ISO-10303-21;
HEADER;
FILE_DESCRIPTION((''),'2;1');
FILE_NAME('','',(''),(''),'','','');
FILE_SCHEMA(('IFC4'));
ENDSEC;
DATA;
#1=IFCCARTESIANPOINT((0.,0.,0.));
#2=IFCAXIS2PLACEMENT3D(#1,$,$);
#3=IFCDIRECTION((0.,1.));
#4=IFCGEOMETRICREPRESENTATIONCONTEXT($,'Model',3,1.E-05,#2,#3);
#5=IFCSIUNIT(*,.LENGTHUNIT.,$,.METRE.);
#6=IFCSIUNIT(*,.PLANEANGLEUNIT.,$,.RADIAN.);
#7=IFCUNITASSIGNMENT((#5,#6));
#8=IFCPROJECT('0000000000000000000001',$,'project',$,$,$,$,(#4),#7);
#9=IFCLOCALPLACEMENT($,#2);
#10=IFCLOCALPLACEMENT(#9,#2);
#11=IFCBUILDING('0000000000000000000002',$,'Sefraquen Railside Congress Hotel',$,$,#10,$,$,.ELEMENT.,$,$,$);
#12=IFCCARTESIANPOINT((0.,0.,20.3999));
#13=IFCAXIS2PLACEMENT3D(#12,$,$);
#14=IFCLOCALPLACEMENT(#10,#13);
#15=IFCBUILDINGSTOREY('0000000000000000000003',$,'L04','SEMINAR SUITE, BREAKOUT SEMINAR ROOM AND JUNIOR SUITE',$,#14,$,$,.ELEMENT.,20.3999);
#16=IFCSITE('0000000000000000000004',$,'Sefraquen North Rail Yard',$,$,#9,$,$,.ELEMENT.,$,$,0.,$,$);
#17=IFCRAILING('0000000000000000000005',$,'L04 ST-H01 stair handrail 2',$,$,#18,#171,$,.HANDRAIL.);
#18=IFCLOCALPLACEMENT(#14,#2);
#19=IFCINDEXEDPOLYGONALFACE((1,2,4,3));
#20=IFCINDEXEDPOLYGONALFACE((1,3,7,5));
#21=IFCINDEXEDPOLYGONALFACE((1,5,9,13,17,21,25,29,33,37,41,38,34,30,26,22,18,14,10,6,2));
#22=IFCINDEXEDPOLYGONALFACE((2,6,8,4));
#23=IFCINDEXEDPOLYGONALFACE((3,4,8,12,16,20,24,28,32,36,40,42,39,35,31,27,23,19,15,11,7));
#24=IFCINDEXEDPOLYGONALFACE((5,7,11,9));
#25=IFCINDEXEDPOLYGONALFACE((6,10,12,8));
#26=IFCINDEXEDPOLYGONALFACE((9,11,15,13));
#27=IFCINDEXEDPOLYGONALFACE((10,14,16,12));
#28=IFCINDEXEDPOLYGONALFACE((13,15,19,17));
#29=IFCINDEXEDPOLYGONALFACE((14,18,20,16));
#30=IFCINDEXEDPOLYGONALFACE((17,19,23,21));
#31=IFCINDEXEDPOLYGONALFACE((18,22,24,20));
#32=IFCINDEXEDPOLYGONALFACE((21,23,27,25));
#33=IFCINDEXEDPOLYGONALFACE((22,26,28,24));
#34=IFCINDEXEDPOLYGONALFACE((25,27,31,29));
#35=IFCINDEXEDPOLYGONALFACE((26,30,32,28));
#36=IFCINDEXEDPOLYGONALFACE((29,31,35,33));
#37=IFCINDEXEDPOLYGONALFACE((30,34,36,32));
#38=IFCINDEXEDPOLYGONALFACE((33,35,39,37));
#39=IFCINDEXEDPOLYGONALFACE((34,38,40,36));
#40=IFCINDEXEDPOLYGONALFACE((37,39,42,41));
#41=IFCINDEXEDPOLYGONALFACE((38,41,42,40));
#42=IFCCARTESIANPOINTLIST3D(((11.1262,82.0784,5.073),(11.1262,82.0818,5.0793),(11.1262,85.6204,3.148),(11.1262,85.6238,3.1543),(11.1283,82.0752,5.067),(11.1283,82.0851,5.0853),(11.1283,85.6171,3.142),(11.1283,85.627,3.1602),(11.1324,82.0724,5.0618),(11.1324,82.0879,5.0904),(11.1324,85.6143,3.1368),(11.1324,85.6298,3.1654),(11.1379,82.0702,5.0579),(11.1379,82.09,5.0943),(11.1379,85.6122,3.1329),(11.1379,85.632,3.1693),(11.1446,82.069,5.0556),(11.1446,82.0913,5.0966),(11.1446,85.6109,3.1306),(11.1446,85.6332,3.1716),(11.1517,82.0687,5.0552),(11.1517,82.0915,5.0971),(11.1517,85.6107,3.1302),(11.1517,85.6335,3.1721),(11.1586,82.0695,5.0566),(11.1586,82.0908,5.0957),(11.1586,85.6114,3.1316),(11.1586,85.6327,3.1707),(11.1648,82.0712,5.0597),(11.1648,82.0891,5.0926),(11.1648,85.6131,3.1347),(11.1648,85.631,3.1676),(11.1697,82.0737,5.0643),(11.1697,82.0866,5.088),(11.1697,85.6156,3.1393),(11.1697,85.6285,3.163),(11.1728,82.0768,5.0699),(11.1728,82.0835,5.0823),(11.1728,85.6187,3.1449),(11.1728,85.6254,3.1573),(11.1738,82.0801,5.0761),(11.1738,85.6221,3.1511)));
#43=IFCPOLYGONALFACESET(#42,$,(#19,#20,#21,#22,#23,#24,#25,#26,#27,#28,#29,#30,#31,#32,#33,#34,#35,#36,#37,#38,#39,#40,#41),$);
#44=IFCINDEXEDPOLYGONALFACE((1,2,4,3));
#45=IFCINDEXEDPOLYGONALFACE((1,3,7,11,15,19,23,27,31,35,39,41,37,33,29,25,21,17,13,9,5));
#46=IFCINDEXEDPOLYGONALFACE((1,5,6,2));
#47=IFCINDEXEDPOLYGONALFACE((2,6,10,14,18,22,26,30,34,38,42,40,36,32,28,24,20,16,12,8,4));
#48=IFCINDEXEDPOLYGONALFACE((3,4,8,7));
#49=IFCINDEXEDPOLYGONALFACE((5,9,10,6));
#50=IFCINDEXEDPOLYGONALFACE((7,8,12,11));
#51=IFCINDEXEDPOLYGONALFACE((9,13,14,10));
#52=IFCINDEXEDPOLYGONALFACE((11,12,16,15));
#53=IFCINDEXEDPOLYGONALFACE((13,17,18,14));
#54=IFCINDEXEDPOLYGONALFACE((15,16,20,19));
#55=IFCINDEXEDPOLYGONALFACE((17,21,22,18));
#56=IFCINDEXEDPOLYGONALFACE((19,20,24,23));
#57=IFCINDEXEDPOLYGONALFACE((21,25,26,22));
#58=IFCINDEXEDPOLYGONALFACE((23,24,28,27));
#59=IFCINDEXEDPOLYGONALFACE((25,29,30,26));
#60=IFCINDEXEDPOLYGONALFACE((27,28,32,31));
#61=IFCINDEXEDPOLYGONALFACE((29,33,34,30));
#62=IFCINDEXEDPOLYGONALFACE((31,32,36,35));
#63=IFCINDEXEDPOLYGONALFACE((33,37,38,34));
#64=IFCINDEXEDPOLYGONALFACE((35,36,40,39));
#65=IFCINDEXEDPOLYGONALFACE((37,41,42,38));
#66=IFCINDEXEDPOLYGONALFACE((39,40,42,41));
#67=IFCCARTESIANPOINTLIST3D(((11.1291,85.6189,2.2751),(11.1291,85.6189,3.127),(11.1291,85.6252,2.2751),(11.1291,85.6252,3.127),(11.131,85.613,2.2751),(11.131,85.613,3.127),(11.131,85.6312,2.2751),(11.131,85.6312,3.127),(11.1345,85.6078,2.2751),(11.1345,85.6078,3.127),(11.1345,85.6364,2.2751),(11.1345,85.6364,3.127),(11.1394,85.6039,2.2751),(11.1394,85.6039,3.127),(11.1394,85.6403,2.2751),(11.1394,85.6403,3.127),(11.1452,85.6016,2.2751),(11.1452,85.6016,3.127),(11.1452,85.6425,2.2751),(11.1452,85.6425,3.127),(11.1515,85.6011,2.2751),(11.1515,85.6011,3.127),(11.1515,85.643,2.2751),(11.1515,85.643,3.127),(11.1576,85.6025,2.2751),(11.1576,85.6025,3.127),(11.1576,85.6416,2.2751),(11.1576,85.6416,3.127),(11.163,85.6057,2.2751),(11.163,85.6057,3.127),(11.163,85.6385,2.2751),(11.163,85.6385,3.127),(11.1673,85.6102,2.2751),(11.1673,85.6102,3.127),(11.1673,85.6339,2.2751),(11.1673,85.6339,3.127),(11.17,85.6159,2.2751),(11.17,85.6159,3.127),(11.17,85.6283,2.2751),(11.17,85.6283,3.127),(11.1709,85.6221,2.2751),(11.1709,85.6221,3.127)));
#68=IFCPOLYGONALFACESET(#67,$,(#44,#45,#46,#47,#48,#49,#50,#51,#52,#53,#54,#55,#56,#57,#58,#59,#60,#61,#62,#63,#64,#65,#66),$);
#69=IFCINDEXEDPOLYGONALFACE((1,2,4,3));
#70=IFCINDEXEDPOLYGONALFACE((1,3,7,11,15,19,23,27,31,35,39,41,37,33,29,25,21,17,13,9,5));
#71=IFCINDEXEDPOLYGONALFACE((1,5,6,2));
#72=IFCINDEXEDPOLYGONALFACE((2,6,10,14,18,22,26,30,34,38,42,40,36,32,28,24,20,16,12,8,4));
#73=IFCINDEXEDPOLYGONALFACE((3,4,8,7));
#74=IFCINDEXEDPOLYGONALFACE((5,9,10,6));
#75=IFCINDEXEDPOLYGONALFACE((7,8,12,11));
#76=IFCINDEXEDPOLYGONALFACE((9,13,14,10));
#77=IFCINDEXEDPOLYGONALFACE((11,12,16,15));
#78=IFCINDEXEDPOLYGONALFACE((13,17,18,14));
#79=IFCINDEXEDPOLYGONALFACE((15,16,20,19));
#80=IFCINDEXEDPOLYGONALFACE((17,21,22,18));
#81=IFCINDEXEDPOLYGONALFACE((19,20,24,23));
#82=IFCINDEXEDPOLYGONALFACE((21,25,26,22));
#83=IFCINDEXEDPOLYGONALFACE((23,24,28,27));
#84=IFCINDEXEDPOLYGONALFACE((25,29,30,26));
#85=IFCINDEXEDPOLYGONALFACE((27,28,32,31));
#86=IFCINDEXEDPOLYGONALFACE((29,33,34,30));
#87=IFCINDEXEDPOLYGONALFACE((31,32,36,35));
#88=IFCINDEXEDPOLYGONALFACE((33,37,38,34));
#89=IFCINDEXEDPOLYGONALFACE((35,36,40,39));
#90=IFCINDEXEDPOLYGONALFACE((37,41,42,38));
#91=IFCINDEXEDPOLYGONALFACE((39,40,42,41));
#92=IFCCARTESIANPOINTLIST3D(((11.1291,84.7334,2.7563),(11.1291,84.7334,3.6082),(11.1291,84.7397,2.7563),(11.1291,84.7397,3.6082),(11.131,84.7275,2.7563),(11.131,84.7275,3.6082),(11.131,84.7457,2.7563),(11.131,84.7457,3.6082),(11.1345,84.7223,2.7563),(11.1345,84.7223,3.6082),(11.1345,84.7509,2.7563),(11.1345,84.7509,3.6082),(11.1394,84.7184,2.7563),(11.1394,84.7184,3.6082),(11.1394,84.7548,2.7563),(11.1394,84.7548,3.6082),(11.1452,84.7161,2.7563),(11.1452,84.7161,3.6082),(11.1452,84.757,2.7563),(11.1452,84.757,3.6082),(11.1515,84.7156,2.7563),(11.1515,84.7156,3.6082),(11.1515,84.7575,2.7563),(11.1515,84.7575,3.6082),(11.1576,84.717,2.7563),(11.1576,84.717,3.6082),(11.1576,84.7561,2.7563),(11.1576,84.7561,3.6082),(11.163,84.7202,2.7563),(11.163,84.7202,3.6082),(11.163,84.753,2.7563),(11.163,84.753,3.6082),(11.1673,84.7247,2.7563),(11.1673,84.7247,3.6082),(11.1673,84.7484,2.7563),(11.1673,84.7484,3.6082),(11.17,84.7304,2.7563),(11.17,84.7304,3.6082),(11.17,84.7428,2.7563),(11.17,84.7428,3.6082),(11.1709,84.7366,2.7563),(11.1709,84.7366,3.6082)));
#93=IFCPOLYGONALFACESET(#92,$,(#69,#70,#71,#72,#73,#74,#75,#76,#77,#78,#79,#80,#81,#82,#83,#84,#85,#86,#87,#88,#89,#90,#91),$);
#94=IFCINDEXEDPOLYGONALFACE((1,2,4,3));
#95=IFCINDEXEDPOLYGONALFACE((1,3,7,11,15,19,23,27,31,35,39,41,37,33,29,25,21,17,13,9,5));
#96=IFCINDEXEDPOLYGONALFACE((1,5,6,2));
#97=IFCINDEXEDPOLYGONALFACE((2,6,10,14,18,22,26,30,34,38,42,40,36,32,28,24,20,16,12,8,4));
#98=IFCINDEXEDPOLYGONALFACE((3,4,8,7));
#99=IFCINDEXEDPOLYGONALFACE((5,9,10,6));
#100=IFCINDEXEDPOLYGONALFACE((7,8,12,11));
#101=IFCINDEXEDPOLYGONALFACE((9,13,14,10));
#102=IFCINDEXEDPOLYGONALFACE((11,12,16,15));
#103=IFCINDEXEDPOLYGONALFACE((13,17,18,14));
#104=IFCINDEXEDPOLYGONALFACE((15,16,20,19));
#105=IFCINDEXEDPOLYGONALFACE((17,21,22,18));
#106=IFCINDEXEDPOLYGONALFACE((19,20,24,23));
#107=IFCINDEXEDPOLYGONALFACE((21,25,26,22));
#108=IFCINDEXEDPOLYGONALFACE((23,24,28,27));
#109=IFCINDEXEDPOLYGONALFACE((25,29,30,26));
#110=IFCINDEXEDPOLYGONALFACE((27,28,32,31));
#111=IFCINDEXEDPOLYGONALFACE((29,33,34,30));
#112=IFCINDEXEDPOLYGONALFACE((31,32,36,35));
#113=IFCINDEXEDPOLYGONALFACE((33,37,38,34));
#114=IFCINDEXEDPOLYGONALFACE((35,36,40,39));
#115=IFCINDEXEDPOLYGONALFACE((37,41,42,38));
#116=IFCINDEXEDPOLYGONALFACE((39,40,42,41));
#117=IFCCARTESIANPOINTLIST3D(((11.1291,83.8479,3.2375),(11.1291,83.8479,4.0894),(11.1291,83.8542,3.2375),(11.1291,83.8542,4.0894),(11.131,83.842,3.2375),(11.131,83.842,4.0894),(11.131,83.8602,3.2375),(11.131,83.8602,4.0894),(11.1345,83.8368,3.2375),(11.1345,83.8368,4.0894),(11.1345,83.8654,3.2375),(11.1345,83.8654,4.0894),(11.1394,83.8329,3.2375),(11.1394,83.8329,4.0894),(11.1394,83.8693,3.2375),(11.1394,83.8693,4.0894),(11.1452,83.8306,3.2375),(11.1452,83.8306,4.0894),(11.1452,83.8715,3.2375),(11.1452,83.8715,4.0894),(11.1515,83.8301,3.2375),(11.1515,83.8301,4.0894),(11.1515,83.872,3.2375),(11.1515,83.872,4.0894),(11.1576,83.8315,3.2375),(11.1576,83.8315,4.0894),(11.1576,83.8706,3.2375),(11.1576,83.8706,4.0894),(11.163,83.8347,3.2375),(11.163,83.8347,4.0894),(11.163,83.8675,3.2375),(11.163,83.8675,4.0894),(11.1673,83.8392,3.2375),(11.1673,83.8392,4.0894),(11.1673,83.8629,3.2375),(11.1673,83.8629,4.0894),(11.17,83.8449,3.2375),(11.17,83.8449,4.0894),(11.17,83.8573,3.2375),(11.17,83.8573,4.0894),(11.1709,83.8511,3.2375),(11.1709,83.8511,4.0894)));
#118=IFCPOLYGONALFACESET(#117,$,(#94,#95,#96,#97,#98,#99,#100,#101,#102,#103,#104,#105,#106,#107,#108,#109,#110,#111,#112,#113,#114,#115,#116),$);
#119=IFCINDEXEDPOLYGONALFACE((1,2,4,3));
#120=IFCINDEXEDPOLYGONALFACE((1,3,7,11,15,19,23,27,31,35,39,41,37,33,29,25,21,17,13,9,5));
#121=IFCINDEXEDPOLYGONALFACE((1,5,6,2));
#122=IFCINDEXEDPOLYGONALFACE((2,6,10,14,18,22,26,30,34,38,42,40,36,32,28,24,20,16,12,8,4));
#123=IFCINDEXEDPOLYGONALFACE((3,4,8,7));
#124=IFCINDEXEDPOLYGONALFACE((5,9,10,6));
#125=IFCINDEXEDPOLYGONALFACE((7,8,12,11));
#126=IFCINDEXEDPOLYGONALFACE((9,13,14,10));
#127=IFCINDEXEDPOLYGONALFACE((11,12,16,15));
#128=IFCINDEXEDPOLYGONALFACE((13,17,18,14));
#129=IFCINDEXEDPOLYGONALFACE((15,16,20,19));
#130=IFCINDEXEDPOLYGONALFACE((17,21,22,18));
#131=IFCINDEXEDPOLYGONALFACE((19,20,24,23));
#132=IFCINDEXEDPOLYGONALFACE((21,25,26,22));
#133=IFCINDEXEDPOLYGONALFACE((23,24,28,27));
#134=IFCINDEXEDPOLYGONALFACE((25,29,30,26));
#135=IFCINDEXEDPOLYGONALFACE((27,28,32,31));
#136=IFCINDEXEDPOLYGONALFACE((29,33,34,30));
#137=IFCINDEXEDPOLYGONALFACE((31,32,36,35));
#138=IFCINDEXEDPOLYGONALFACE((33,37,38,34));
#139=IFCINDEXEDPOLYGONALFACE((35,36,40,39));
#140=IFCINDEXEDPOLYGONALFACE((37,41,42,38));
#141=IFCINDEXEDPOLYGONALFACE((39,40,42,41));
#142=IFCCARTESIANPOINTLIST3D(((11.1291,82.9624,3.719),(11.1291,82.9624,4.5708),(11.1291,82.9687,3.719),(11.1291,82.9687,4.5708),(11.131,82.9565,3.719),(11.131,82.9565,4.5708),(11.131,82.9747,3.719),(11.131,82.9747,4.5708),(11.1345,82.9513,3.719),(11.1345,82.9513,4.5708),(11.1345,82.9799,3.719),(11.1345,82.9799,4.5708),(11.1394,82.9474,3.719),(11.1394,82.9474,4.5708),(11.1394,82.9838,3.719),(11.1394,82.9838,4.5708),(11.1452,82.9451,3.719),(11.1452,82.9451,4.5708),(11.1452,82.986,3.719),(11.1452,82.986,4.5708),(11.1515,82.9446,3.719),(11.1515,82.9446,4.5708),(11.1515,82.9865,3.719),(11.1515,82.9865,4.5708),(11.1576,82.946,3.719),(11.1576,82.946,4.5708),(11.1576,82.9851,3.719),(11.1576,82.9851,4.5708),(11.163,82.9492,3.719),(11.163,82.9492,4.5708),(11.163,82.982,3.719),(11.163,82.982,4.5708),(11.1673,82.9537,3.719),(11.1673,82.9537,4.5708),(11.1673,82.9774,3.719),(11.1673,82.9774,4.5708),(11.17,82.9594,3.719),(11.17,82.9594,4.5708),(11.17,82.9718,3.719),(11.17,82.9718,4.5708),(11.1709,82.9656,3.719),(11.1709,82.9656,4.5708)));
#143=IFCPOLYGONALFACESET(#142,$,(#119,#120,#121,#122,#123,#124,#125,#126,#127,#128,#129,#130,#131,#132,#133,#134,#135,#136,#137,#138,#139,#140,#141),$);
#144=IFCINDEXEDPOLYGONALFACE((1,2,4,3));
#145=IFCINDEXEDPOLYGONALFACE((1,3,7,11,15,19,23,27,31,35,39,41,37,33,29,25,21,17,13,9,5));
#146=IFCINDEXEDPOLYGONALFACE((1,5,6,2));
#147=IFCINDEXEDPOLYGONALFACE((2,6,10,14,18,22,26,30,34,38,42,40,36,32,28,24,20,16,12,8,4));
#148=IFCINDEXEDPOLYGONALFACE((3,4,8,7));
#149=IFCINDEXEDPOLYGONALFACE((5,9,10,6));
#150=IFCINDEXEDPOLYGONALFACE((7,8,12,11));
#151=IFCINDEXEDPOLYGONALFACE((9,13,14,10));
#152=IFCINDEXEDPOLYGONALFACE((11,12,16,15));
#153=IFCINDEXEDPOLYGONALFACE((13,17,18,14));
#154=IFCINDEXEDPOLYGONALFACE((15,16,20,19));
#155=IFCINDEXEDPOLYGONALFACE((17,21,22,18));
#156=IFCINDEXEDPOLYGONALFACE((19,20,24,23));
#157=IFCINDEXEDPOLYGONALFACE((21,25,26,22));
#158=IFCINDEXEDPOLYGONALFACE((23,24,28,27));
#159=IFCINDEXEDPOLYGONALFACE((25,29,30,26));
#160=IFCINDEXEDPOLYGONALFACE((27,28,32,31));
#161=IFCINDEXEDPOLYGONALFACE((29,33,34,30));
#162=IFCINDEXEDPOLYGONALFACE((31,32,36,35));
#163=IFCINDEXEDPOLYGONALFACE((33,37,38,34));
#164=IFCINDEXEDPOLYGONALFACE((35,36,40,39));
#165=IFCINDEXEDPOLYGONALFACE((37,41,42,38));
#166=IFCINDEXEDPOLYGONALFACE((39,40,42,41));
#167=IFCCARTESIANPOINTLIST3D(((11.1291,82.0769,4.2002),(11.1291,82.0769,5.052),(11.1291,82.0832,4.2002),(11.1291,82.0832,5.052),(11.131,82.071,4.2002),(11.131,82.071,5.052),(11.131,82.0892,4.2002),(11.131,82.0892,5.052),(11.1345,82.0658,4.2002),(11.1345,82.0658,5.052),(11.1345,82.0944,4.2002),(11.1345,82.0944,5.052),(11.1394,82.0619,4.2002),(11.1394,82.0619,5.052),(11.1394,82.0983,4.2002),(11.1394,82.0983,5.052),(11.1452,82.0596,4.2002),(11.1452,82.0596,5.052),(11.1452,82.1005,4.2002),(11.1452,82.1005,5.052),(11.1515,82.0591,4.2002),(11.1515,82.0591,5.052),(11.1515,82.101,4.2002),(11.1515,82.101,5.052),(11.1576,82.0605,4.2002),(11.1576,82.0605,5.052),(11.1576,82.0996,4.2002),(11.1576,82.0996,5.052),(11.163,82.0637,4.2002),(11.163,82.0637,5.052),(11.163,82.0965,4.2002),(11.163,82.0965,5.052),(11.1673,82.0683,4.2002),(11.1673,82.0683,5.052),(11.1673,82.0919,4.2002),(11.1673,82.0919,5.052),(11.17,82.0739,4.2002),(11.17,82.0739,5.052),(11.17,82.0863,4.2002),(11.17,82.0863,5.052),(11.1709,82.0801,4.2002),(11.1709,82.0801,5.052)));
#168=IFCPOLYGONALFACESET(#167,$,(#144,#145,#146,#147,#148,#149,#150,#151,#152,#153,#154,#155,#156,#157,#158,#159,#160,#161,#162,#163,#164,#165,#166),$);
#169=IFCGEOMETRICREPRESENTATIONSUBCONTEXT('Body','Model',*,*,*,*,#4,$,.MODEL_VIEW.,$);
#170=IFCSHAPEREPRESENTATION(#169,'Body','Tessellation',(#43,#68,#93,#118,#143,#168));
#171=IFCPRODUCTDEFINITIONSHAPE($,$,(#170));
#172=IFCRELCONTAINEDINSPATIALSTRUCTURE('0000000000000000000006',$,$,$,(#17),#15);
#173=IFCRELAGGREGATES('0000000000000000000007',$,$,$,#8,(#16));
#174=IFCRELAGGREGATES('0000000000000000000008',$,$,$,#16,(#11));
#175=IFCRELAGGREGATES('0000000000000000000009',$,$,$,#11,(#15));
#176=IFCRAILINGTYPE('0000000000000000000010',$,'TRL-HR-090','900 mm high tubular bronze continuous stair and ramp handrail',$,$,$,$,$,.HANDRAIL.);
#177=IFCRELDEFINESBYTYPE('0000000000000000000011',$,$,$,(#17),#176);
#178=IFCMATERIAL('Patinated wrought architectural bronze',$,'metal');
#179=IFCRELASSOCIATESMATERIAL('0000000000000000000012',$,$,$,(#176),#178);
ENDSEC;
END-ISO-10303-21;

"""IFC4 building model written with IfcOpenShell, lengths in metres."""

from ifc_helpers import new_model, si_unit, direction, frame, origin, origin_2d, place, context, subcontext, project, spatial, circle, extrude, material, type_object, element, save


model = new_model("IFC4")

# Units and contexts
model_context = context("Model", 3, precision=1e-05, world=origin(), true_north=direction((0.0, 1.0)))
body_context = subcontext(model_context, "Body", "Model", "MODEL_VIEW")
ifc_project = project(units=[si_unit("LENGTHUNIT", "METRE"), si_unit("PLANEANGLEUNIT", "RADIAN")], contexts=[model_context])

# Site, building, storey
site_placement = place(None, origin())
site = spatial("IfcSite", under=ifc_project, at=site_placement, Name="Sefraquen North Rail Yard", CompositionType="ELEMENT", RefElevation=0.0)
building_placement = place(site_placement, origin())
building = spatial("IfcBuilding", under=site, at=building_placement, Name="Sefraquen Railside Congress Hotel", CompositionType="ELEMENT")
storey_placement = place(building_placement, frame((0.0, 0.0, 20.3999)))
storey = spatial("IfcBuildingStorey", under=building, at=storey_placement, Name="L04", Description="SEMINAR SUITE, BREAKOUT SEMINAR ROOM AND JUNIOR SUITE", CompositionType="ELEMENT", Elevation=20.3999)

# Railing
ifc_material_1 = material(Name="Patinated wrought architectural bronze", Category="metal")
railing_type = type_object("IfcRailingType", Name="TRL-HR-090", Description="900 mm high tubular bronze continuous stair and ramp handrail", PredefinedType="HANDRAIL", material=ifc_material_1)
railing_placement = place(storey_placement, frame((11.1499, 85.6221, 2.2751)))
element("IfcRailing", 1, at=railing_placement, inside=storey, type_object=railing_type, Name="L04 ST-H01 stair handrail 2", PredefinedType="HANDRAIL", context=body_context, shape_type="SweptSolid", body=[
    extrude(circle(Radius=0.0239, at=origin_2d()), frame((0.0, 0.0, 0.876), z_axis=(0.0, -0.878619, 0.477523), x_axis=(1.0, 0.0, 0.0)), (0.0, 0.0, 1.0), 4.0312),
    extrude(circle(Radius=0.021, at=origin_2d()), origin(), (0.0, 0.0, 1.0), 0.8518),
    extrude(circle(Radius=0.021, at=origin_2d()), frame((0.0, -0.8855, 0.4812)), (0.0, 0.0, 1.0), 0.8518),
    extrude(circle(Radius=0.021, at=origin_2d()), frame((0.0, -1.771, 0.9624)), (0.0, 0.0, 1.0), 0.8518),
    extrude(circle(Radius=0.021, at=origin_2d()), frame((0.0, -2.6565, 1.4438)), (0.0, 0.0, 1.0), 0.8518),
    extrude(circle(Radius=0.021, at=origin_2d()), frame((0.0, -3.542, 1.925)), (0.0, 0.0, 1.0), 0.8518),
])

save(model, "model.ifc")
